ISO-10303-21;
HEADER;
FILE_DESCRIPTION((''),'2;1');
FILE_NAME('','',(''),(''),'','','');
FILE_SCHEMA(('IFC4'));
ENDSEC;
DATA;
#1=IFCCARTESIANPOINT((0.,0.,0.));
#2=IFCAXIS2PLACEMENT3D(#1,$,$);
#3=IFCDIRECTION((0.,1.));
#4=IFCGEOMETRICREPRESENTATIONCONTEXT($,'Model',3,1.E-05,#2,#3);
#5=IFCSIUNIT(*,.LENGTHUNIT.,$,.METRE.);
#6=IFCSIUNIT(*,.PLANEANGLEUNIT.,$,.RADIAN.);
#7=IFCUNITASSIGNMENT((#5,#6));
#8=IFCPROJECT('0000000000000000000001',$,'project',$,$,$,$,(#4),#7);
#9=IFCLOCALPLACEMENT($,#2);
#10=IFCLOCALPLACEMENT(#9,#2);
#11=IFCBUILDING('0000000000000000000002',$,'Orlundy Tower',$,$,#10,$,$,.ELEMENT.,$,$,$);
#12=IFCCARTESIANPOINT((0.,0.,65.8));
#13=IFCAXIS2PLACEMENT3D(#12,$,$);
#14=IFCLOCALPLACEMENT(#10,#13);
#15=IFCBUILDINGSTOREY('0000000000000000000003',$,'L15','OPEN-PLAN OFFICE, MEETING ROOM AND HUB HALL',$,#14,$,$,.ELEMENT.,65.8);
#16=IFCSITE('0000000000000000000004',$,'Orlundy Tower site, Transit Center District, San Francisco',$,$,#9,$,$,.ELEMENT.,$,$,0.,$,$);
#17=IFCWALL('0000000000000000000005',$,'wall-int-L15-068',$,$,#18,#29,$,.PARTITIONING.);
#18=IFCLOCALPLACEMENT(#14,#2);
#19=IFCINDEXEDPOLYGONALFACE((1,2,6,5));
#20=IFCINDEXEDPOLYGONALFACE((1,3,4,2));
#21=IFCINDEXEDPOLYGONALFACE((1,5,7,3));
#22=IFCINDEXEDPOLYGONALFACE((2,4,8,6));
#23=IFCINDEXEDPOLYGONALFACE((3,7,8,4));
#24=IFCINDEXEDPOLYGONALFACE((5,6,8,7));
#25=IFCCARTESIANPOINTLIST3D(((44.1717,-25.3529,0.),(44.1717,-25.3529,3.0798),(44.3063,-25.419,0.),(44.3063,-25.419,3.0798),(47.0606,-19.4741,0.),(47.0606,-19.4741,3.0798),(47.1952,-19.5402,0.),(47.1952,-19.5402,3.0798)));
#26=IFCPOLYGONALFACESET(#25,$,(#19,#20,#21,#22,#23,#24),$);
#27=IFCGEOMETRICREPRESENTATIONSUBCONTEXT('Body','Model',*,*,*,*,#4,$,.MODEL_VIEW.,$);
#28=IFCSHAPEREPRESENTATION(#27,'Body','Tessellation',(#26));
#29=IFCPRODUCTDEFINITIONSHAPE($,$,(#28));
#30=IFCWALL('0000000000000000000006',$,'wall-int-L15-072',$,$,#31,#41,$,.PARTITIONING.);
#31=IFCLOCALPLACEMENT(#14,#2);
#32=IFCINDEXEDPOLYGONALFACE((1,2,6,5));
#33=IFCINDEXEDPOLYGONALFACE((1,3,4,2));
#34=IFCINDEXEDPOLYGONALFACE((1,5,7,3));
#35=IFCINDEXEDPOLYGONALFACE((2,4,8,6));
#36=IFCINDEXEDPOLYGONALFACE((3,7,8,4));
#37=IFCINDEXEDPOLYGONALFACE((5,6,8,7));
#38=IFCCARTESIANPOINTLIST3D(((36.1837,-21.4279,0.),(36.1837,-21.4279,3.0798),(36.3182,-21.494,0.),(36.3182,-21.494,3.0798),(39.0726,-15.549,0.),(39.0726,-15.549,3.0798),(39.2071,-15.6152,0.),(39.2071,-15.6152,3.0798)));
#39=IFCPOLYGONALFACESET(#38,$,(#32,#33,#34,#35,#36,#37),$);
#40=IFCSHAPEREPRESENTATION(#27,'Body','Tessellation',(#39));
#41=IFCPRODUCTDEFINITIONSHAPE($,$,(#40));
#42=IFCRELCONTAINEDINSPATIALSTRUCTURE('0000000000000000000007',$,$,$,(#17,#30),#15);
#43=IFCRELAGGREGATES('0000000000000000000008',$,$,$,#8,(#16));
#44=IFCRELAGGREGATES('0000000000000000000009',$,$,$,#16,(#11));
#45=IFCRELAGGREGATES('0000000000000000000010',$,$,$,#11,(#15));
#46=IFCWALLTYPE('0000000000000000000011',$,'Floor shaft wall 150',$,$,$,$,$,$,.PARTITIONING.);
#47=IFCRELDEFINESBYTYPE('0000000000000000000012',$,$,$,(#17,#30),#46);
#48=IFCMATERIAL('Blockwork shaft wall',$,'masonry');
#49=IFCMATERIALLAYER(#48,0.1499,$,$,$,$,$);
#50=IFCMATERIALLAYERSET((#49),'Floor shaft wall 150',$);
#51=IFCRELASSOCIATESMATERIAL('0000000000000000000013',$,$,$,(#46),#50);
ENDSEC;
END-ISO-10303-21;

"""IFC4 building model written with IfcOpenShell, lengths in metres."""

from ifc_helpers import new_model, si_unit, direction, frame, frame_2d, origin, place, context, subcontext, project, spatial, rectangle, extrude, material, layer, layer_set, type_object, element, save


model = new_model("IFC4")

# Units and contexts
model_context = context("Model", 3, precision=1e-05, world=origin(), true_north=direction((0.0, 1.0)))
body_context = subcontext(model_context, "Body", "Model", "MODEL_VIEW")
ifc_project = project(units=[si_unit("LENGTHUNIT", "METRE"), si_unit("PLANEANGLEUNIT", "RADIAN")], contexts=[model_context])

# Site, building, storey
site_placement = place(None, origin())
site = spatial("IfcSite", under=ifc_project, at=site_placement, Name="Orlundy Tower site, Transit Center District, San Francisco", CompositionType="ELEMENT", RefElevation=0.0)
building_placement = place(site_placement, origin())
building = spatial("IfcBuilding", under=site, at=building_placement, Name="Orlundy Tower", CompositionType="ELEMENT")
storey_placement = place(building_placement, frame((0.0, 0.0, 65.8)))
storey = spatial("IfcBuildingStorey", under=building, at=storey_placement, Name="L15", Description="OPEN-PLAN OFFICE, MEETING ROOM AND HUB HALL", CompositionType="ELEMENT", Elevation=65.8)

# Shared definitions
ifc_material_1 = material(Name="Blockwork shaft wall", Category="masonry")
ifc_layer_1 = layer(ifc_material_1, 0.1499)
ifc_layer_set_1 = layer_set([ifc_layer_1], Name="Floor shaft wall 150")
wall_type_1 = type_object("IfcWallType", Name="Floor shaft wall 150", PredefinedType="PARTITIONING", material=ifc_layer_set_1)

# Walls
for number, where, z_axis, x_axis, name in (
    (1, (44.239, -25.386, 0.0), (0.0, 0.0, 1.0), (0.441031, 0.897492, 0.0), "wall-int-L15-068"),
    (2, (36.251, -21.4609, 0.0), (0.0, 0.0, 1.0), (0.441031, 0.897492, 0.0), "wall-int-L15-072"),
):
    element("IfcWall", number, at=place(storey_placement, frame(where, z_axis=z_axis, x_axis=x_axis)), inside=storey, type_object=wall_type_1, Name=name, PredefinedType="PARTITIONING", context=body_context, shape_type="SweptSolid", body=[
        extrude(rectangle(XDim=6.5503, YDim=0.1499, at=frame_2d((3.2751, 0.0))), origin(), (0.0, 0.0, 1.0), 3.0798),
    ])

save(model, "model.ifc")
